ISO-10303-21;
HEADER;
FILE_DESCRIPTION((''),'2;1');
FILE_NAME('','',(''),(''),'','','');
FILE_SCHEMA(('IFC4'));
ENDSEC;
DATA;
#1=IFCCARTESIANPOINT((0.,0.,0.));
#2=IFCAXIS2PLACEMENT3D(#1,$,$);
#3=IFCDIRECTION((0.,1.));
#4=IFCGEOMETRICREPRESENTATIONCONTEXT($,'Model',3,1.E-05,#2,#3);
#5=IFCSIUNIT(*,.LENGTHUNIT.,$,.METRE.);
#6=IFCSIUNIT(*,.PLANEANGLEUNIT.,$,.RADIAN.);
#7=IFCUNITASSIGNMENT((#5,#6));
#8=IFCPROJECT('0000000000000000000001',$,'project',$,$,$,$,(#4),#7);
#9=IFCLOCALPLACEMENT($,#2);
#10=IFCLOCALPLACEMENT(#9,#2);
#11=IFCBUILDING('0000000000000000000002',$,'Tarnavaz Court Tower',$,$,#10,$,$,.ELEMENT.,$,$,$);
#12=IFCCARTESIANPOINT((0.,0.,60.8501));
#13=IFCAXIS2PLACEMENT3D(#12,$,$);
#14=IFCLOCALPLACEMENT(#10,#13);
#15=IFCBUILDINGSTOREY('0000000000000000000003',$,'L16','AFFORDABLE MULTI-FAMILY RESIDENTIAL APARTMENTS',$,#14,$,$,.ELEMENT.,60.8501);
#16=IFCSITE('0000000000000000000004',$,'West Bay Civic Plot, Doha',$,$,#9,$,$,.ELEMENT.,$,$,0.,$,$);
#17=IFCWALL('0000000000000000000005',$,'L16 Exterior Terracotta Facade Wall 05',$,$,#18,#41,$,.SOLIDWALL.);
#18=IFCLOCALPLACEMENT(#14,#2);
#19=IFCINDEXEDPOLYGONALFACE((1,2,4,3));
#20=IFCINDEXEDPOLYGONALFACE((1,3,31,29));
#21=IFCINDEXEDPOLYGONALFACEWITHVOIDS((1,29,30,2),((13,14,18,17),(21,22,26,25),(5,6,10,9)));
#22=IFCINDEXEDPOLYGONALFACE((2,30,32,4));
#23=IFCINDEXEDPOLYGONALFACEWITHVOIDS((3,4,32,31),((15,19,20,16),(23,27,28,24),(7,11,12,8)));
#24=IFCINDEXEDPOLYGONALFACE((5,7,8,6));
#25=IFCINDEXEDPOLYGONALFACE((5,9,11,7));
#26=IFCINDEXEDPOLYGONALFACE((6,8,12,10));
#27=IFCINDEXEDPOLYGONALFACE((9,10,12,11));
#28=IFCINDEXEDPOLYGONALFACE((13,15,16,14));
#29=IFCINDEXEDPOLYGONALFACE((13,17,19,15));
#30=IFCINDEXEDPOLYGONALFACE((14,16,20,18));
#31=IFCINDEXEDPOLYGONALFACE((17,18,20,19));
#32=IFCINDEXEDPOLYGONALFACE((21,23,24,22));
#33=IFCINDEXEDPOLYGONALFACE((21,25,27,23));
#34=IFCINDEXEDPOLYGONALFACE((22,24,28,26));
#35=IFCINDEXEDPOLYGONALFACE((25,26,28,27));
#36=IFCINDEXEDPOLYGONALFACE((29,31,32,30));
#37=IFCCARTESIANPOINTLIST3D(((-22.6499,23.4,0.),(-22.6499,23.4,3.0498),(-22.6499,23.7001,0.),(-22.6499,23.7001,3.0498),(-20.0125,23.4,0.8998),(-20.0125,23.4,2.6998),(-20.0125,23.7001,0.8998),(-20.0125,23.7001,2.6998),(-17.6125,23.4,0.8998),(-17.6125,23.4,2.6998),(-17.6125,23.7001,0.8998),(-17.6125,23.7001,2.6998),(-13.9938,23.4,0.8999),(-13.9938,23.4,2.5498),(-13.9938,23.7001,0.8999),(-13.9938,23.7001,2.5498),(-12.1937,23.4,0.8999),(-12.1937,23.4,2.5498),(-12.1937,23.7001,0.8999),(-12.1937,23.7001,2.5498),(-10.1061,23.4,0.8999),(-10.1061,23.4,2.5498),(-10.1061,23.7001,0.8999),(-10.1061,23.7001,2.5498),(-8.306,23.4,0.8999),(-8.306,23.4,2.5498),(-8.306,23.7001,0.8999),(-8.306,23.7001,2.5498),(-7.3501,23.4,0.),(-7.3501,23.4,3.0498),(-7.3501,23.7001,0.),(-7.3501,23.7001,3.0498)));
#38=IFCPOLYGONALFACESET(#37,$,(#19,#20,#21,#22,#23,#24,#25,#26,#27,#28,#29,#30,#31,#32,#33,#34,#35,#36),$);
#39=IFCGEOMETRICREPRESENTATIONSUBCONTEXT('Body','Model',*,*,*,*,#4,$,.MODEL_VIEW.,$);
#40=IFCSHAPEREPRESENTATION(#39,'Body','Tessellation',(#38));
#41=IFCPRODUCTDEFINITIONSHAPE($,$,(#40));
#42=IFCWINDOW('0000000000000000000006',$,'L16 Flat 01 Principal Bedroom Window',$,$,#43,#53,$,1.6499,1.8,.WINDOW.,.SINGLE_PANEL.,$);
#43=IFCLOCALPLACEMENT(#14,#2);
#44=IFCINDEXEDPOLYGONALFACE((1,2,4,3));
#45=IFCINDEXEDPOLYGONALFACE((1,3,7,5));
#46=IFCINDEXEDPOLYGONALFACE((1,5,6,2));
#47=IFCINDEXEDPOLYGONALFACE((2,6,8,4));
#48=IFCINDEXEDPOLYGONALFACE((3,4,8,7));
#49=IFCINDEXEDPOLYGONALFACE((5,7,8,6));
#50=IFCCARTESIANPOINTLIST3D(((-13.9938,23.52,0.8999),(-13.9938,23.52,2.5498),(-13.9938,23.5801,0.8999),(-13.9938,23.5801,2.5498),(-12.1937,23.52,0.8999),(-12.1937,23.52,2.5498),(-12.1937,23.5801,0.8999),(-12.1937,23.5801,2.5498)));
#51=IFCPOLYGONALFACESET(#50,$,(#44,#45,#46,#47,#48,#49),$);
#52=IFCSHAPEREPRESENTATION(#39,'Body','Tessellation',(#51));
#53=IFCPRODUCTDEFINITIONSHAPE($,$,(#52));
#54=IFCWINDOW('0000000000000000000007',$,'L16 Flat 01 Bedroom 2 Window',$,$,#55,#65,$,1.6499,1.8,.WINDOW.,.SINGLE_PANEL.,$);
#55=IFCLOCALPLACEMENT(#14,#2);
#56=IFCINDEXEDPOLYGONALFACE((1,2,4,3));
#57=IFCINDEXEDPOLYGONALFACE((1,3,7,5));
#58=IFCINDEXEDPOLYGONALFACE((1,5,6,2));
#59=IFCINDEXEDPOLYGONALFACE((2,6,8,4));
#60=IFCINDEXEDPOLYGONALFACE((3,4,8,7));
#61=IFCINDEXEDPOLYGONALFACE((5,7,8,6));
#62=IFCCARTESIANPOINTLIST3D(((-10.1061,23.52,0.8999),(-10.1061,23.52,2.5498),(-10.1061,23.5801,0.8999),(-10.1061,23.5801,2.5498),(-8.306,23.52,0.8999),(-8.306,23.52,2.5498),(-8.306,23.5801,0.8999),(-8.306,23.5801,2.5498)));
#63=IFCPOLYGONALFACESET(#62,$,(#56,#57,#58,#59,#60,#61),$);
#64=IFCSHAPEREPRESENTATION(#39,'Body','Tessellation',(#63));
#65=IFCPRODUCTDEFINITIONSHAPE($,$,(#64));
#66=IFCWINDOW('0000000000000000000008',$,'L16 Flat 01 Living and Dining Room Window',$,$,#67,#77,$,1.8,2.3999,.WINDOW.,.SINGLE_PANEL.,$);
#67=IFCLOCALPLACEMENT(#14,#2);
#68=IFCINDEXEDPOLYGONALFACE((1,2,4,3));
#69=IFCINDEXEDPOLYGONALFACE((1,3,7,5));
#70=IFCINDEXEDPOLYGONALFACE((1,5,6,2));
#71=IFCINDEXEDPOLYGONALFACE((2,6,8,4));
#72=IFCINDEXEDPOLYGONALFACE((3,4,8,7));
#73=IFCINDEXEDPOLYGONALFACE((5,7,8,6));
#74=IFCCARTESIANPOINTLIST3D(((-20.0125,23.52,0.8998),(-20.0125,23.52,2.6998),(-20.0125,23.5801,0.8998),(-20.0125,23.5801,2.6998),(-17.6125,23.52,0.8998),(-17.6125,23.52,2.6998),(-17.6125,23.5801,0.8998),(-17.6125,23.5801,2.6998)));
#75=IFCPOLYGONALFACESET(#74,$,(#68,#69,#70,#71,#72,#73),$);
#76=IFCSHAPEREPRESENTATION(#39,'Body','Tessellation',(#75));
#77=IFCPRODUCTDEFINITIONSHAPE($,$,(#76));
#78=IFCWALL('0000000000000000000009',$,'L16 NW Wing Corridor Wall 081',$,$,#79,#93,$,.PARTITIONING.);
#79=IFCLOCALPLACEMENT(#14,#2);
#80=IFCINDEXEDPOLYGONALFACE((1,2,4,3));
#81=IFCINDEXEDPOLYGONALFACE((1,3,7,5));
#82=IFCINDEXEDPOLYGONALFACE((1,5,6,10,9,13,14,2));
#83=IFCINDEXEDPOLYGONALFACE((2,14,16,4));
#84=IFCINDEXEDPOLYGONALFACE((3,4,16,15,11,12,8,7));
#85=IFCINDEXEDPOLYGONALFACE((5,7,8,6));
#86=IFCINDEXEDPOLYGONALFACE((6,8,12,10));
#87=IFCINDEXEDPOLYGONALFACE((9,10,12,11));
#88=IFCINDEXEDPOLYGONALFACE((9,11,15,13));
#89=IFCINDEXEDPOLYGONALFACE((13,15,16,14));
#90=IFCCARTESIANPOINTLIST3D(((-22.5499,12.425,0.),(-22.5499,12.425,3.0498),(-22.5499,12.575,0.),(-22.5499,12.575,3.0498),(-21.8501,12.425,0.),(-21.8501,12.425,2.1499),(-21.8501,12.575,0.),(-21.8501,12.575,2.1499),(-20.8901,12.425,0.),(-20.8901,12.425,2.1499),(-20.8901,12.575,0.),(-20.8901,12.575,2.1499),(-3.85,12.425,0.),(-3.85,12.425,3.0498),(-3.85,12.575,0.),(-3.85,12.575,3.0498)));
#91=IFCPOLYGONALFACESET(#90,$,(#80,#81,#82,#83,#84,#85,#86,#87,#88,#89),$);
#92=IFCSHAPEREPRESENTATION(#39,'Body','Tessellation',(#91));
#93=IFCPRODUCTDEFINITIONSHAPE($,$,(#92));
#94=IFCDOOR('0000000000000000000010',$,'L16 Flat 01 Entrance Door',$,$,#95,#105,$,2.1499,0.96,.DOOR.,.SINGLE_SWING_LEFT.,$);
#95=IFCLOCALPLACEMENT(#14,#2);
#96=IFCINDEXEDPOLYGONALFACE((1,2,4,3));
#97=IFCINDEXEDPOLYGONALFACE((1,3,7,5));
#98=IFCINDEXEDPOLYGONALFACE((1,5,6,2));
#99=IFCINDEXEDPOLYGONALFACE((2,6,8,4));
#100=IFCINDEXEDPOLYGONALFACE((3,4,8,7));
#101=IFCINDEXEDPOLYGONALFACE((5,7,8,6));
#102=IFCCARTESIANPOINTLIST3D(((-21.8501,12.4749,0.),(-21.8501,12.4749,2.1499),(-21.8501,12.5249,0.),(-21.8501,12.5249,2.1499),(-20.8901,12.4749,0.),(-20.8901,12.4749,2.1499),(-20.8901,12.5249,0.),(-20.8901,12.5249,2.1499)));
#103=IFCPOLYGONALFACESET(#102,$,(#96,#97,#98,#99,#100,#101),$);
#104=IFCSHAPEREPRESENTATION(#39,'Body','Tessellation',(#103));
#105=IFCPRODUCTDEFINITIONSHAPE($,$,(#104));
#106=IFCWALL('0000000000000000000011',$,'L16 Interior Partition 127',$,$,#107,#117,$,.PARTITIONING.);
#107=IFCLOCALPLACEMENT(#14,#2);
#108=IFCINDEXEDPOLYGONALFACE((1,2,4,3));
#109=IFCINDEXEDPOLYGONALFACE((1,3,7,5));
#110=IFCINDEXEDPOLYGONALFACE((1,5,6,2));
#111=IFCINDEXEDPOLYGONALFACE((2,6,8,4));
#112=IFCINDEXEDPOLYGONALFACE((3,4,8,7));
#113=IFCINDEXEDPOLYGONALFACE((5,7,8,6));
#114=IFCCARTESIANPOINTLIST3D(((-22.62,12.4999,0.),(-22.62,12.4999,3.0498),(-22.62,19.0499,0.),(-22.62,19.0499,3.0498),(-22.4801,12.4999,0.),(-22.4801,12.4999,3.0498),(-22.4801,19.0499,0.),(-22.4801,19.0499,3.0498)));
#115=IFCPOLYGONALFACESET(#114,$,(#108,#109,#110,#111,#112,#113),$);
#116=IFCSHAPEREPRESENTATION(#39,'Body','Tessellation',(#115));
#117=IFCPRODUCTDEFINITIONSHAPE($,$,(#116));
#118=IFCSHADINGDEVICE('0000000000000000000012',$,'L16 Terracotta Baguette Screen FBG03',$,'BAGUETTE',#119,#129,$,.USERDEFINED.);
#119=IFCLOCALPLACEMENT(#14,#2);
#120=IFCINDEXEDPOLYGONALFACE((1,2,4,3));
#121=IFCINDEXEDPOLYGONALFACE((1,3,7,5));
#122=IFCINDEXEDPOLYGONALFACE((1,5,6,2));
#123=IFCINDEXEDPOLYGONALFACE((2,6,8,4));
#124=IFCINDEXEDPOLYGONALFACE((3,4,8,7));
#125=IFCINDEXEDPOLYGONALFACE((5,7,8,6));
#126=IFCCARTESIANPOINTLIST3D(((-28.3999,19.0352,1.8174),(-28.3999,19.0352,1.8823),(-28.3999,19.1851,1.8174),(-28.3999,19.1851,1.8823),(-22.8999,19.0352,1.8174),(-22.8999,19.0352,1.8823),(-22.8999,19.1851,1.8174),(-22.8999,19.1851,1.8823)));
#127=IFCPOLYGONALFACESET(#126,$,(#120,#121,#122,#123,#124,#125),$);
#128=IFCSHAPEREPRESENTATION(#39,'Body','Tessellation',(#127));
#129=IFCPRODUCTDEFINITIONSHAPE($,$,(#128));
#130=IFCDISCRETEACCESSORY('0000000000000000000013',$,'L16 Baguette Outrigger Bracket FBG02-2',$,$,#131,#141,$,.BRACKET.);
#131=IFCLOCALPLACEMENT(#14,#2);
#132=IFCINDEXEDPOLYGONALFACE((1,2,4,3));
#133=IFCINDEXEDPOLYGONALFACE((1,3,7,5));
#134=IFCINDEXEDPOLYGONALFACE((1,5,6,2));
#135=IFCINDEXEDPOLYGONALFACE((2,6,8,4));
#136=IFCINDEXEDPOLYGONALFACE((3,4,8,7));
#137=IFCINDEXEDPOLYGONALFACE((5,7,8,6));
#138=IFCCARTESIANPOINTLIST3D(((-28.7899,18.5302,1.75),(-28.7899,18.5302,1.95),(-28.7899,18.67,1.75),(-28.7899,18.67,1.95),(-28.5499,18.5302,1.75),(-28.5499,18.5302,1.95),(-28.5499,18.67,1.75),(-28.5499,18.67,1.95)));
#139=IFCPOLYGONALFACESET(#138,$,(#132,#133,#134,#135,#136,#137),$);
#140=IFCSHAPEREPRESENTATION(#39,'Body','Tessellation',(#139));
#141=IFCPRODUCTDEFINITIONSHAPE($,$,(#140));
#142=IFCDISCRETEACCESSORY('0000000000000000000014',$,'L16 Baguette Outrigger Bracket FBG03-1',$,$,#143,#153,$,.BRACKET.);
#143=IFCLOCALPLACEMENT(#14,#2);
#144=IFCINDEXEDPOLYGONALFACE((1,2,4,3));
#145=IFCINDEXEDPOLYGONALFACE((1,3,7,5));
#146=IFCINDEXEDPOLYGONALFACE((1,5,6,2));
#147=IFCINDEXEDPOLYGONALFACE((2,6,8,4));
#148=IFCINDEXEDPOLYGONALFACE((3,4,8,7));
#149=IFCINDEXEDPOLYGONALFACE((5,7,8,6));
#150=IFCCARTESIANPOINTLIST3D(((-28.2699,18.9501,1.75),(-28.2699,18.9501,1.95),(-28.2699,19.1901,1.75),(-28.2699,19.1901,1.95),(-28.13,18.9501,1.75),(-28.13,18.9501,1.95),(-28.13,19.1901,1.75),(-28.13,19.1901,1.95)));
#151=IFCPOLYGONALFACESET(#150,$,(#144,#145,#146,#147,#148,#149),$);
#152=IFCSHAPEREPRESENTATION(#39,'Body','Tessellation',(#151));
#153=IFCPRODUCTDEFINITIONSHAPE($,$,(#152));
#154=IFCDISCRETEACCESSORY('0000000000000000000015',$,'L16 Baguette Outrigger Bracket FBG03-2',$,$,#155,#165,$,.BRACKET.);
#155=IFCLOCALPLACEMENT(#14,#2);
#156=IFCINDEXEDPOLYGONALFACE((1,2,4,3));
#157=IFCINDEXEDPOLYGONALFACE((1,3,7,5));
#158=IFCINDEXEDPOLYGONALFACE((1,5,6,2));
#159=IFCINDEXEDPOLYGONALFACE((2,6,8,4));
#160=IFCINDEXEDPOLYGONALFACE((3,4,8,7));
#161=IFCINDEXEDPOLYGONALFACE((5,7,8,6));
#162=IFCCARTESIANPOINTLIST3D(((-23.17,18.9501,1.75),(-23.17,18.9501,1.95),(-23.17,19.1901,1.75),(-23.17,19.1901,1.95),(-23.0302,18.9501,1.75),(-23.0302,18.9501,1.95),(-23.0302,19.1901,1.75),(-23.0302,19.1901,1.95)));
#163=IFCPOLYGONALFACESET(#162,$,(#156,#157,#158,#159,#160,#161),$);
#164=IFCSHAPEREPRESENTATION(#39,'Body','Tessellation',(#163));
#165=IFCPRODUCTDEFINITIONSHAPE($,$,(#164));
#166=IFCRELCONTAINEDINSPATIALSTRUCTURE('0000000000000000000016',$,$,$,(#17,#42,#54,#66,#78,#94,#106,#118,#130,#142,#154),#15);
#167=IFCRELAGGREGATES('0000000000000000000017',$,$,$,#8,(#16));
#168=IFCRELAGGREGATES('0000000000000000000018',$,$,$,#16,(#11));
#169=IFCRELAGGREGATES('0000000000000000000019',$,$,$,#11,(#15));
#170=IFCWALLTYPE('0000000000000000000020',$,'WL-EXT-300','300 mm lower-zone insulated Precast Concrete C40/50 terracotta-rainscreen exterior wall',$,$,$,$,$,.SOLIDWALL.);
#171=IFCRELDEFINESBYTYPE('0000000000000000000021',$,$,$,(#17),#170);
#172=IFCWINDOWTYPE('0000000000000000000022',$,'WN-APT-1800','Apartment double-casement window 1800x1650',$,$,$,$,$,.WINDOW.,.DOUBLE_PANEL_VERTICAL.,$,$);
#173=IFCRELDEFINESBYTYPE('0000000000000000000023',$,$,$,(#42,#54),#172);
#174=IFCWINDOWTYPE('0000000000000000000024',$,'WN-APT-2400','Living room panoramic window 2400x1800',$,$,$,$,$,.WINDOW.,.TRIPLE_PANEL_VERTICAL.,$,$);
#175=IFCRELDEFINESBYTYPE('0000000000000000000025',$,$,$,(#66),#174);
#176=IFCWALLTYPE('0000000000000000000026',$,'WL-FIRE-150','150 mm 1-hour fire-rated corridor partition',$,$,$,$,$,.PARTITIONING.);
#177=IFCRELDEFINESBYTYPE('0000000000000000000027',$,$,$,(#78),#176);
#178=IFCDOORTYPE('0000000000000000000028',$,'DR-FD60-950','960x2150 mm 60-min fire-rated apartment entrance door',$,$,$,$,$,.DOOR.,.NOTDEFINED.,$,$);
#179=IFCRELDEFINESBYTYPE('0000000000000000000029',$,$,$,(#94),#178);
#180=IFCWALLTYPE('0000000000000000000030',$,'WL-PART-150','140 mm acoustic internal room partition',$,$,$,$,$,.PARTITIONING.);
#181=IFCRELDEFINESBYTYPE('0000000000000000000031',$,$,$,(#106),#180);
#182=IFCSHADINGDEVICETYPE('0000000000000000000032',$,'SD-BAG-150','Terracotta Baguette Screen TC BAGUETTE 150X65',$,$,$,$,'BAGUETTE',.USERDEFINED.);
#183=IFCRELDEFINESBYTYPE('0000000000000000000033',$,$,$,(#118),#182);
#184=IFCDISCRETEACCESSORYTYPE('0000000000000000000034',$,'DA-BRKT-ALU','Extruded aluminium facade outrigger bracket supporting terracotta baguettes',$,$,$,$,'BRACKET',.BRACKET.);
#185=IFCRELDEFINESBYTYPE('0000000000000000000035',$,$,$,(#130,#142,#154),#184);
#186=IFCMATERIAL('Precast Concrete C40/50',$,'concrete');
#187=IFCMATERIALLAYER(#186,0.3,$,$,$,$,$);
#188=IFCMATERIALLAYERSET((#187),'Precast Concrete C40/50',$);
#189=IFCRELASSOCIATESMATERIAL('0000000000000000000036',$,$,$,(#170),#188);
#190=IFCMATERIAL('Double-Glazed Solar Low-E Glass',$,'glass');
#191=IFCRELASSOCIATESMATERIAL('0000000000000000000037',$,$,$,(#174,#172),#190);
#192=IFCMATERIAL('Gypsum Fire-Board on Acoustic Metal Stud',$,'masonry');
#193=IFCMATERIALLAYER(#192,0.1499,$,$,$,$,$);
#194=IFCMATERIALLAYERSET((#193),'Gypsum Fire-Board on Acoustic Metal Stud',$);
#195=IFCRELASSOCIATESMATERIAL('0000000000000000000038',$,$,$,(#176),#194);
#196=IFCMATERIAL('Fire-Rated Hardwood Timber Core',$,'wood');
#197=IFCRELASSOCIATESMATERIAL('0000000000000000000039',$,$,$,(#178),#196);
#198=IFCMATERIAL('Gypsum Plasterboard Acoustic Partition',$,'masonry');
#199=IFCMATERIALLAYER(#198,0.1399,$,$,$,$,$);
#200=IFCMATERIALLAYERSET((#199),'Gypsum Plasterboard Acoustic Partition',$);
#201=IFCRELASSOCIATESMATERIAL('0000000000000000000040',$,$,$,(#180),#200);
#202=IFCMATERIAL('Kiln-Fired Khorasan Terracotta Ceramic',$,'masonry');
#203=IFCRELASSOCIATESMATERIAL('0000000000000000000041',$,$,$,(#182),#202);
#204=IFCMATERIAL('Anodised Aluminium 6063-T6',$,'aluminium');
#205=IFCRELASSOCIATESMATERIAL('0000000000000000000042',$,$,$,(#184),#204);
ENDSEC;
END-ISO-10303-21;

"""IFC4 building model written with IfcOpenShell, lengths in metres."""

from ifc_helpers import new_model, si_unit, direction, frame, frame_2d, origin, origin_2d, place, context, subcontext, project, spatial, rectangle, extrude, material, layer, layer_set, material_profile, profile_set, type_object, element, fill, save


model = new_model("IFC4")

# Units and contexts
model_context = context("Model", 3, precision=1e-05, world=origin(), true_north=direction((0.0, 1.0)))
body_context = subcontext(model_context, "Body", "Model", "MODEL_VIEW")
ifc_project = project(units=[si_unit("LENGTHUNIT", "METRE"), si_unit("PLANEANGLEUNIT", "RADIAN")], contexts=[model_context])

# Site, building, storey
site_placement = place(None, origin())
site = spatial("IfcSite", under=ifc_project, at=site_placement, Name="West Bay Civic Plot, Doha", CompositionType="ELEMENT", RefElevation=0.0)
building_placement = place(site_placement, origin())
building = spatial("IfcBuilding", under=site, at=building_placement, Name="Tarnavaz Court Tower", CompositionType="ELEMENT")
storey_placement = place(building_placement, frame((0.0, 0.0, 60.8501)))
storey = spatial("IfcBuildingStorey", under=building, at=storey_placement, Name="L16", Description="AFFORDABLE MULTI-FAMILY RESIDENTIAL APARTMENTS", CompositionType="ELEMENT", Elevation=60.8501)

# Shared definitions
ifc_material_1 = material(Name="Precast Concrete C40/50", Category="concrete")
ifc_layer_1 = layer(ifc_material_1, 0.3)
ifc_layer_set_1 = layer_set([ifc_layer_1], Name="Precast Concrete C40/50")
wall_type_1 = type_object("IfcWallType", Name="WL-EXT-300", Description="300 mm lower-zone insulated Precast Concrete C40/50 terracotta-rainscreen exterior wall", PredefinedType="SOLIDWALL", material=ifc_layer_set_1)
ifc_material_2 = material(Name="Double-Glazed Solar Low-E Glass", Category="glass")
window_type_1 = type_object("IfcWindowType", Name="WN-APT-2400", Description="Living room panoramic window 2400x1800", PartitioningType="TRIPLE_PANEL_VERTICAL", PredefinedType="WINDOW", material=ifc_material_2)

# Wall, openings, windows
wall_1_placement = place(storey_placement, frame((-22.6499, 23.55, 0.0), z_axis=(0.0, 0.0, 1.0), x_axis=(1.0, 0.0, 0.0)))
wall_1 = element("IfcWall", 1, at=wall_1_placement, inside=storey, type_object=wall_type_1, Name="L16 Exterior Terracotta Facade Wall 05", PredefinedType="SOLIDWALL", context=body_context, shape_type="SweptSolid", body=[
    extrude(rectangle(XDim=15.2998, YDim=0.3, at=frame_2d((7.6499, 0.0))), origin(), (0.0, 0.0, 1.0), 3.0498),
])
opening_1_placement = place(wall_1_placement, frame((2.6375, 0.0, 0.8999)))
opening_1 = element("IfcOpeningElement", 2, at=opening_1_placement, cuts=wall_1, PredefinedType="OPENING", context=body_context, shape_type="SweptSolid", body=[
    extrude(rectangle(XDim=2.3999, YDim=1.8, at=frame_2d((1.2, 0.8999))), frame((0.0, 0.1599, 0.0), z_axis=(0.0, -1.0, 0.0), x_axis=(1.0, 0.0, 0.0)), (0.0, 0.0, 1.0), 0.3201),
])
opening_2_placement = place(wall_1_placement, frame((8.6562, 0.0, 0.8999)))
opening_2 = element("IfcOpeningElement", 3, at=opening_2_placement, cuts=wall_1, PredefinedType="OPENING", context=body_context, shape_type="SweptSolid", body=[
    extrude(rectangle(XDim=1.8, YDim=1.6499, at=frame_2d((0.8999, 0.825))), frame((0.0, 0.1599, 0.0), z_axis=(0.0, -1.0, 0.0), x_axis=(1.0, 0.0, 0.0)), (0.0, 0.0, 1.0), 0.3201),
])
opening_3_placement = place(wall_1_placement, frame((12.5439, 0.0, 0.8999)))
opening_3 = element("IfcOpeningElement", 4, at=opening_3_placement, cuts=wall_1, PredefinedType="OPENING", context=body_context, shape_type="SweptSolid", body=[
    extrude(rectangle(XDim=1.8, YDim=1.6499, at=frame_2d((0.8999, 0.825))), frame((0.0, 0.1599, 0.0), z_axis=(0.0, -1.0, 0.0), x_axis=(1.0, 0.0, 0.0)), (0.0, 0.0, 1.0), 0.3201),
])
window_type_2 = type_object("IfcWindowType", Name="WN-APT-1800", Description="Apartment double-casement window 1800x1650", PartitioningType="DOUBLE_PANEL_VERTICAL", PredefinedType="WINDOW", material=ifc_material_2)
window_1_placement = place(opening_2_placement, origin())
window_1 = element("IfcWindow", 5, at=window_1_placement, inside=storey, type_object=window_type_2, Name="L16 Flat 01 Principal Bedroom Window", OverallHeight=1.6499, OverallWidth=1.8, PartitioningType="SINGLE_PANEL", PredefinedType="WINDOW", context=body_context, shape_type="SweptSolid", body=[
    extrude(rectangle(XDim=1.8, YDim=1.6499, at=frame_2d((0.8999, 0.825))), frame((0.0, 0.03, 0.0), z_axis=(0.0, -1.0, 0.0), x_axis=(1.0, 0.0, 0.0)), (0.0, 0.0, 1.0), 0.0601),
])
fill(opening_2, window_1)
window_2_placement = place(opening_3_placement, origin())
window_2 = element("IfcWindow", 6, at=window_2_placement, inside=storey, type_object=window_type_2, Name="L16 Flat 01 Bedroom 2 Window", OverallHeight=1.6499, OverallWidth=1.8, PartitioningType="SINGLE_PANEL", PredefinedType="WINDOW", context=body_context, shape_type="SweptSolid", body=[
    extrude(rectangle(XDim=1.8, YDim=1.6499, at=frame_2d((0.8999, 0.825))), frame((0.0, 0.03, 0.0), z_axis=(0.0, -1.0, 0.0), x_axis=(1.0, 0.0, 0.0)), (0.0, 0.0, 1.0), 0.0601),
])
fill(opening_3, window_2)
window_3_placement = place(opening_1_placement, origin())
window_3 = element("IfcWindow", 7, at=window_3_placement, inside=storey, type_object=window_type_1, Name="L16 Flat 01 Living and Dining Room Window", OverallHeight=1.8, OverallWidth=2.3999, PartitioningType="SINGLE_PANEL", PredefinedType="WINDOW", context=body_context, shape_type="SweptSolid", body=[
    extrude(rectangle(XDim=2.3999, YDim=1.8, at=frame_2d((1.2, 0.8999))), frame((0.0, 0.03, 0.0), z_axis=(0.0, -1.0, 0.0), x_axis=(1.0, 0.0, 0.0)), (0.0, 0.0, 1.0), 0.0601),
])
fill(opening_1, window_3)

# Wall, opening, door
ifc_material_3 = material(Name="Gypsum Fire-Board on Acoustic Metal Stud", Category="masonry")
ifc_layer_2 = layer(ifc_material_3, 0.1499)
ifc_layer_set_2 = layer_set([ifc_layer_2], Name="Gypsum Fire-Board on Acoustic Metal Stud")
wall_type_2 = type_object("IfcWallType", Name="WL-FIRE-150", Description="150 mm 1-hour fire-rated corridor partition", PredefinedType="PARTITIONING", material=ifc_layer_set_2)
wall_2_placement = place(storey_placement, frame((-22.55, 12.5, 0.0), z_axis=(0.0, 0.0, 1.0), x_axis=(1.0, 0.0, 0.0)))
wall_2 = element("IfcWall", 8, at=wall_2_placement, inside=storey, type_object=wall_type_2, Name="L16 NW Wing Corridor Wall 081", PredefinedType="PARTITIONING", context=body_context, shape_type="SweptSolid", body=[
    extrude(rectangle(XDim=18.7, YDim=0.1499, at=frame_2d((9.3501, 0.0))), origin(), (0.0, 0.0, 1.0), 3.0498),
])
opening_4_placement = place(wall_2_placement, frame((0.7, 0.0, 0.0)))
opening_4 = element("IfcOpeningElement", 9, at=opening_4_placement, cuts=wall_2, PredefinedType="OPENING", context=body_context, shape_type="SweptSolid", body=[
    extrude(rectangle(XDim=0.96, YDim=2.1499, at=frame_2d((0.48, 1.075))), frame((0.0, 0.085, 0.0), z_axis=(0.0, -1.0, 0.0), x_axis=(1.0, 0.0, 0.0)), (0.0, 0.0, 1.0), 0.1699),
])
ifc_material_4 = material(Name="Fire-Rated Hardwood Timber Core", Category="wood")
door_type = type_object("IfcDoorType", Name="DR-FD60-950", Description="960x2150 mm 60-min fire-rated apartment entrance door", OperationType="NOTDEFINED", PredefinedType="DOOR", material=ifc_material_4)
door_placement = place(opening_4_placement, origin())
door = element("IfcDoor", 10, at=door_placement, inside=storey, type_object=door_type, Name="L16 Flat 01 Entrance Door", OperationType="SINGLE_SWING_LEFT", OverallHeight=2.1499, OverallWidth=0.96, PredefinedType="DOOR", context=body_context, shape_type="SweptSolid", body=[
    extrude(rectangle(XDim=0.96, YDim=2.1499, at=frame_2d((0.48, 1.075))), frame((0.0, 0.0249, 0.0), z_axis=(0.0, -1.0, 0.0), x_axis=(1.0, 0.0, 0.0)), (0.0, 0.0, 1.0), 0.05),
])
fill(opening_4, door)

# Wall
ifc_material_5 = material(Name="Gypsum Plasterboard Acoustic Partition", Category="masonry")
ifc_layer_3 = layer(ifc_material_5, 0.1399)
ifc_layer_set_3 = layer_set([ifc_layer_3], Name="Gypsum Plasterboard Acoustic Partition")
wall_type_3 = type_object("IfcWallType", Name="WL-PART-150", Description="140 mm acoustic internal room partition", PredefinedType="PARTITIONING", material=ifc_layer_set_3)
wall_3_placement = place(storey_placement, frame((-22.55, 12.5, 0.0), z_axis=(0.0, 0.0, 1.0), x_axis=(0.0, 1.0, 0.0)))
element("IfcWall", 11, at=wall_3_placement, inside=storey, type_object=wall_type_3, Name="L16 Interior Partition 127", PredefinedType="PARTITIONING", context=body_context, shape_type="SweptSolid", body=[
    extrude(rectangle(XDim=6.55, YDim=0.1399, at=frame_2d((3.2749, 0.0))), origin(), (0.0, 0.0, 1.0), 3.0498),
])

# Shading device
ifc_material_6 = material(Name="Kiln-Fired Khorasan Terracotta Ceramic", Category="masonry")
ifc_material_profile_1 = material_profile(ifc_material_6, rectangle(XDim=0.1499, YDim=0.0649, at=origin_2d()), Name="TC BAGUETTE 150X65")
ifc_profile_set_1 = profile_set([ifc_material_profile_1], Name="Kiln-Fired Khorasan Terracotta Ceramic")
shading_device_type = type_object("IfcShadingDeviceType", Name="SD-BAG-150", Description="Terracotta Baguette Screen TC BAGUETTE 150X65", ElementType="BAGUETTE", PredefinedType="USERDEFINED", material=ifc_profile_set_1)
shading_device_placement = place(storey_placement, frame((-28.3999, 19.1101, 1.8499), z_axis=(1.0, 0.0, 0.0), x_axis=(0.0, 1.0, 0.0)))
element("IfcShadingDevice", 12, at=shading_device_placement, inside=storey, type_object=shading_device_type, Name="L16 Terracotta Baguette Screen FBG03", ObjectType="BAGUETTE", PredefinedType="USERDEFINED", context=body_context, shape_type="SweptSolid", body=[
    extrude(rectangle(XDim=0.1499, YDim=0.0649, at=origin_2d()), origin(), (0.0, 0.0, 1.0), 5.5),
])

# Discrete accessories
ifc_material_7 = material(Name="Anodised Aluminium 6063-T6", Category="aluminium")
discrete_accessory_type = type_object("IfcDiscreteAccessoryType", Name="DA-BRKT-ALU", Description="Extruded aluminium facade outrigger bracket supporting terracotta baguettes", ElementType="BRACKET", PredefinedType="BRACKET", material=ifc_material_7)
for number, where, z_axis, x_axis, name in (
    (13, (-28.6699, 18.6001, 1.75), (0.0, 0.0, 1.0), (0.0, 1.0, 0.0), "L16 Baguette Outrigger Bracket FBG02-2"),
    (14, (-28.2, 19.0701, 1.75), (0.0, 0.0, 1.0), (1.0, 0.0, 0.0), "L16 Baguette Outrigger Bracket FBG03-1"),
    (15, (-23.1001, 19.0701, 1.75), (0.0, 0.0, 1.0), (1.0, 0.0, 0.0), "L16 Baguette Outrigger Bracket FBG03-2"),
):
    element("IfcDiscreteAccessory", number, at=place(storey_placement, frame(where, z_axis=z_axis, x_axis=x_axis)), inside=storey, type_object=discrete_accessory_type, Name=name, PredefinedType="BRACKET", context=body_context, shape_type="SweptSolid", body=[
        extrude(rectangle(XDim=0.1399, YDim=0.24, at=origin_2d()), origin(), (0.0, 0.0, 1.0), 0.2),
    ])

save(model, "model.ifc")
